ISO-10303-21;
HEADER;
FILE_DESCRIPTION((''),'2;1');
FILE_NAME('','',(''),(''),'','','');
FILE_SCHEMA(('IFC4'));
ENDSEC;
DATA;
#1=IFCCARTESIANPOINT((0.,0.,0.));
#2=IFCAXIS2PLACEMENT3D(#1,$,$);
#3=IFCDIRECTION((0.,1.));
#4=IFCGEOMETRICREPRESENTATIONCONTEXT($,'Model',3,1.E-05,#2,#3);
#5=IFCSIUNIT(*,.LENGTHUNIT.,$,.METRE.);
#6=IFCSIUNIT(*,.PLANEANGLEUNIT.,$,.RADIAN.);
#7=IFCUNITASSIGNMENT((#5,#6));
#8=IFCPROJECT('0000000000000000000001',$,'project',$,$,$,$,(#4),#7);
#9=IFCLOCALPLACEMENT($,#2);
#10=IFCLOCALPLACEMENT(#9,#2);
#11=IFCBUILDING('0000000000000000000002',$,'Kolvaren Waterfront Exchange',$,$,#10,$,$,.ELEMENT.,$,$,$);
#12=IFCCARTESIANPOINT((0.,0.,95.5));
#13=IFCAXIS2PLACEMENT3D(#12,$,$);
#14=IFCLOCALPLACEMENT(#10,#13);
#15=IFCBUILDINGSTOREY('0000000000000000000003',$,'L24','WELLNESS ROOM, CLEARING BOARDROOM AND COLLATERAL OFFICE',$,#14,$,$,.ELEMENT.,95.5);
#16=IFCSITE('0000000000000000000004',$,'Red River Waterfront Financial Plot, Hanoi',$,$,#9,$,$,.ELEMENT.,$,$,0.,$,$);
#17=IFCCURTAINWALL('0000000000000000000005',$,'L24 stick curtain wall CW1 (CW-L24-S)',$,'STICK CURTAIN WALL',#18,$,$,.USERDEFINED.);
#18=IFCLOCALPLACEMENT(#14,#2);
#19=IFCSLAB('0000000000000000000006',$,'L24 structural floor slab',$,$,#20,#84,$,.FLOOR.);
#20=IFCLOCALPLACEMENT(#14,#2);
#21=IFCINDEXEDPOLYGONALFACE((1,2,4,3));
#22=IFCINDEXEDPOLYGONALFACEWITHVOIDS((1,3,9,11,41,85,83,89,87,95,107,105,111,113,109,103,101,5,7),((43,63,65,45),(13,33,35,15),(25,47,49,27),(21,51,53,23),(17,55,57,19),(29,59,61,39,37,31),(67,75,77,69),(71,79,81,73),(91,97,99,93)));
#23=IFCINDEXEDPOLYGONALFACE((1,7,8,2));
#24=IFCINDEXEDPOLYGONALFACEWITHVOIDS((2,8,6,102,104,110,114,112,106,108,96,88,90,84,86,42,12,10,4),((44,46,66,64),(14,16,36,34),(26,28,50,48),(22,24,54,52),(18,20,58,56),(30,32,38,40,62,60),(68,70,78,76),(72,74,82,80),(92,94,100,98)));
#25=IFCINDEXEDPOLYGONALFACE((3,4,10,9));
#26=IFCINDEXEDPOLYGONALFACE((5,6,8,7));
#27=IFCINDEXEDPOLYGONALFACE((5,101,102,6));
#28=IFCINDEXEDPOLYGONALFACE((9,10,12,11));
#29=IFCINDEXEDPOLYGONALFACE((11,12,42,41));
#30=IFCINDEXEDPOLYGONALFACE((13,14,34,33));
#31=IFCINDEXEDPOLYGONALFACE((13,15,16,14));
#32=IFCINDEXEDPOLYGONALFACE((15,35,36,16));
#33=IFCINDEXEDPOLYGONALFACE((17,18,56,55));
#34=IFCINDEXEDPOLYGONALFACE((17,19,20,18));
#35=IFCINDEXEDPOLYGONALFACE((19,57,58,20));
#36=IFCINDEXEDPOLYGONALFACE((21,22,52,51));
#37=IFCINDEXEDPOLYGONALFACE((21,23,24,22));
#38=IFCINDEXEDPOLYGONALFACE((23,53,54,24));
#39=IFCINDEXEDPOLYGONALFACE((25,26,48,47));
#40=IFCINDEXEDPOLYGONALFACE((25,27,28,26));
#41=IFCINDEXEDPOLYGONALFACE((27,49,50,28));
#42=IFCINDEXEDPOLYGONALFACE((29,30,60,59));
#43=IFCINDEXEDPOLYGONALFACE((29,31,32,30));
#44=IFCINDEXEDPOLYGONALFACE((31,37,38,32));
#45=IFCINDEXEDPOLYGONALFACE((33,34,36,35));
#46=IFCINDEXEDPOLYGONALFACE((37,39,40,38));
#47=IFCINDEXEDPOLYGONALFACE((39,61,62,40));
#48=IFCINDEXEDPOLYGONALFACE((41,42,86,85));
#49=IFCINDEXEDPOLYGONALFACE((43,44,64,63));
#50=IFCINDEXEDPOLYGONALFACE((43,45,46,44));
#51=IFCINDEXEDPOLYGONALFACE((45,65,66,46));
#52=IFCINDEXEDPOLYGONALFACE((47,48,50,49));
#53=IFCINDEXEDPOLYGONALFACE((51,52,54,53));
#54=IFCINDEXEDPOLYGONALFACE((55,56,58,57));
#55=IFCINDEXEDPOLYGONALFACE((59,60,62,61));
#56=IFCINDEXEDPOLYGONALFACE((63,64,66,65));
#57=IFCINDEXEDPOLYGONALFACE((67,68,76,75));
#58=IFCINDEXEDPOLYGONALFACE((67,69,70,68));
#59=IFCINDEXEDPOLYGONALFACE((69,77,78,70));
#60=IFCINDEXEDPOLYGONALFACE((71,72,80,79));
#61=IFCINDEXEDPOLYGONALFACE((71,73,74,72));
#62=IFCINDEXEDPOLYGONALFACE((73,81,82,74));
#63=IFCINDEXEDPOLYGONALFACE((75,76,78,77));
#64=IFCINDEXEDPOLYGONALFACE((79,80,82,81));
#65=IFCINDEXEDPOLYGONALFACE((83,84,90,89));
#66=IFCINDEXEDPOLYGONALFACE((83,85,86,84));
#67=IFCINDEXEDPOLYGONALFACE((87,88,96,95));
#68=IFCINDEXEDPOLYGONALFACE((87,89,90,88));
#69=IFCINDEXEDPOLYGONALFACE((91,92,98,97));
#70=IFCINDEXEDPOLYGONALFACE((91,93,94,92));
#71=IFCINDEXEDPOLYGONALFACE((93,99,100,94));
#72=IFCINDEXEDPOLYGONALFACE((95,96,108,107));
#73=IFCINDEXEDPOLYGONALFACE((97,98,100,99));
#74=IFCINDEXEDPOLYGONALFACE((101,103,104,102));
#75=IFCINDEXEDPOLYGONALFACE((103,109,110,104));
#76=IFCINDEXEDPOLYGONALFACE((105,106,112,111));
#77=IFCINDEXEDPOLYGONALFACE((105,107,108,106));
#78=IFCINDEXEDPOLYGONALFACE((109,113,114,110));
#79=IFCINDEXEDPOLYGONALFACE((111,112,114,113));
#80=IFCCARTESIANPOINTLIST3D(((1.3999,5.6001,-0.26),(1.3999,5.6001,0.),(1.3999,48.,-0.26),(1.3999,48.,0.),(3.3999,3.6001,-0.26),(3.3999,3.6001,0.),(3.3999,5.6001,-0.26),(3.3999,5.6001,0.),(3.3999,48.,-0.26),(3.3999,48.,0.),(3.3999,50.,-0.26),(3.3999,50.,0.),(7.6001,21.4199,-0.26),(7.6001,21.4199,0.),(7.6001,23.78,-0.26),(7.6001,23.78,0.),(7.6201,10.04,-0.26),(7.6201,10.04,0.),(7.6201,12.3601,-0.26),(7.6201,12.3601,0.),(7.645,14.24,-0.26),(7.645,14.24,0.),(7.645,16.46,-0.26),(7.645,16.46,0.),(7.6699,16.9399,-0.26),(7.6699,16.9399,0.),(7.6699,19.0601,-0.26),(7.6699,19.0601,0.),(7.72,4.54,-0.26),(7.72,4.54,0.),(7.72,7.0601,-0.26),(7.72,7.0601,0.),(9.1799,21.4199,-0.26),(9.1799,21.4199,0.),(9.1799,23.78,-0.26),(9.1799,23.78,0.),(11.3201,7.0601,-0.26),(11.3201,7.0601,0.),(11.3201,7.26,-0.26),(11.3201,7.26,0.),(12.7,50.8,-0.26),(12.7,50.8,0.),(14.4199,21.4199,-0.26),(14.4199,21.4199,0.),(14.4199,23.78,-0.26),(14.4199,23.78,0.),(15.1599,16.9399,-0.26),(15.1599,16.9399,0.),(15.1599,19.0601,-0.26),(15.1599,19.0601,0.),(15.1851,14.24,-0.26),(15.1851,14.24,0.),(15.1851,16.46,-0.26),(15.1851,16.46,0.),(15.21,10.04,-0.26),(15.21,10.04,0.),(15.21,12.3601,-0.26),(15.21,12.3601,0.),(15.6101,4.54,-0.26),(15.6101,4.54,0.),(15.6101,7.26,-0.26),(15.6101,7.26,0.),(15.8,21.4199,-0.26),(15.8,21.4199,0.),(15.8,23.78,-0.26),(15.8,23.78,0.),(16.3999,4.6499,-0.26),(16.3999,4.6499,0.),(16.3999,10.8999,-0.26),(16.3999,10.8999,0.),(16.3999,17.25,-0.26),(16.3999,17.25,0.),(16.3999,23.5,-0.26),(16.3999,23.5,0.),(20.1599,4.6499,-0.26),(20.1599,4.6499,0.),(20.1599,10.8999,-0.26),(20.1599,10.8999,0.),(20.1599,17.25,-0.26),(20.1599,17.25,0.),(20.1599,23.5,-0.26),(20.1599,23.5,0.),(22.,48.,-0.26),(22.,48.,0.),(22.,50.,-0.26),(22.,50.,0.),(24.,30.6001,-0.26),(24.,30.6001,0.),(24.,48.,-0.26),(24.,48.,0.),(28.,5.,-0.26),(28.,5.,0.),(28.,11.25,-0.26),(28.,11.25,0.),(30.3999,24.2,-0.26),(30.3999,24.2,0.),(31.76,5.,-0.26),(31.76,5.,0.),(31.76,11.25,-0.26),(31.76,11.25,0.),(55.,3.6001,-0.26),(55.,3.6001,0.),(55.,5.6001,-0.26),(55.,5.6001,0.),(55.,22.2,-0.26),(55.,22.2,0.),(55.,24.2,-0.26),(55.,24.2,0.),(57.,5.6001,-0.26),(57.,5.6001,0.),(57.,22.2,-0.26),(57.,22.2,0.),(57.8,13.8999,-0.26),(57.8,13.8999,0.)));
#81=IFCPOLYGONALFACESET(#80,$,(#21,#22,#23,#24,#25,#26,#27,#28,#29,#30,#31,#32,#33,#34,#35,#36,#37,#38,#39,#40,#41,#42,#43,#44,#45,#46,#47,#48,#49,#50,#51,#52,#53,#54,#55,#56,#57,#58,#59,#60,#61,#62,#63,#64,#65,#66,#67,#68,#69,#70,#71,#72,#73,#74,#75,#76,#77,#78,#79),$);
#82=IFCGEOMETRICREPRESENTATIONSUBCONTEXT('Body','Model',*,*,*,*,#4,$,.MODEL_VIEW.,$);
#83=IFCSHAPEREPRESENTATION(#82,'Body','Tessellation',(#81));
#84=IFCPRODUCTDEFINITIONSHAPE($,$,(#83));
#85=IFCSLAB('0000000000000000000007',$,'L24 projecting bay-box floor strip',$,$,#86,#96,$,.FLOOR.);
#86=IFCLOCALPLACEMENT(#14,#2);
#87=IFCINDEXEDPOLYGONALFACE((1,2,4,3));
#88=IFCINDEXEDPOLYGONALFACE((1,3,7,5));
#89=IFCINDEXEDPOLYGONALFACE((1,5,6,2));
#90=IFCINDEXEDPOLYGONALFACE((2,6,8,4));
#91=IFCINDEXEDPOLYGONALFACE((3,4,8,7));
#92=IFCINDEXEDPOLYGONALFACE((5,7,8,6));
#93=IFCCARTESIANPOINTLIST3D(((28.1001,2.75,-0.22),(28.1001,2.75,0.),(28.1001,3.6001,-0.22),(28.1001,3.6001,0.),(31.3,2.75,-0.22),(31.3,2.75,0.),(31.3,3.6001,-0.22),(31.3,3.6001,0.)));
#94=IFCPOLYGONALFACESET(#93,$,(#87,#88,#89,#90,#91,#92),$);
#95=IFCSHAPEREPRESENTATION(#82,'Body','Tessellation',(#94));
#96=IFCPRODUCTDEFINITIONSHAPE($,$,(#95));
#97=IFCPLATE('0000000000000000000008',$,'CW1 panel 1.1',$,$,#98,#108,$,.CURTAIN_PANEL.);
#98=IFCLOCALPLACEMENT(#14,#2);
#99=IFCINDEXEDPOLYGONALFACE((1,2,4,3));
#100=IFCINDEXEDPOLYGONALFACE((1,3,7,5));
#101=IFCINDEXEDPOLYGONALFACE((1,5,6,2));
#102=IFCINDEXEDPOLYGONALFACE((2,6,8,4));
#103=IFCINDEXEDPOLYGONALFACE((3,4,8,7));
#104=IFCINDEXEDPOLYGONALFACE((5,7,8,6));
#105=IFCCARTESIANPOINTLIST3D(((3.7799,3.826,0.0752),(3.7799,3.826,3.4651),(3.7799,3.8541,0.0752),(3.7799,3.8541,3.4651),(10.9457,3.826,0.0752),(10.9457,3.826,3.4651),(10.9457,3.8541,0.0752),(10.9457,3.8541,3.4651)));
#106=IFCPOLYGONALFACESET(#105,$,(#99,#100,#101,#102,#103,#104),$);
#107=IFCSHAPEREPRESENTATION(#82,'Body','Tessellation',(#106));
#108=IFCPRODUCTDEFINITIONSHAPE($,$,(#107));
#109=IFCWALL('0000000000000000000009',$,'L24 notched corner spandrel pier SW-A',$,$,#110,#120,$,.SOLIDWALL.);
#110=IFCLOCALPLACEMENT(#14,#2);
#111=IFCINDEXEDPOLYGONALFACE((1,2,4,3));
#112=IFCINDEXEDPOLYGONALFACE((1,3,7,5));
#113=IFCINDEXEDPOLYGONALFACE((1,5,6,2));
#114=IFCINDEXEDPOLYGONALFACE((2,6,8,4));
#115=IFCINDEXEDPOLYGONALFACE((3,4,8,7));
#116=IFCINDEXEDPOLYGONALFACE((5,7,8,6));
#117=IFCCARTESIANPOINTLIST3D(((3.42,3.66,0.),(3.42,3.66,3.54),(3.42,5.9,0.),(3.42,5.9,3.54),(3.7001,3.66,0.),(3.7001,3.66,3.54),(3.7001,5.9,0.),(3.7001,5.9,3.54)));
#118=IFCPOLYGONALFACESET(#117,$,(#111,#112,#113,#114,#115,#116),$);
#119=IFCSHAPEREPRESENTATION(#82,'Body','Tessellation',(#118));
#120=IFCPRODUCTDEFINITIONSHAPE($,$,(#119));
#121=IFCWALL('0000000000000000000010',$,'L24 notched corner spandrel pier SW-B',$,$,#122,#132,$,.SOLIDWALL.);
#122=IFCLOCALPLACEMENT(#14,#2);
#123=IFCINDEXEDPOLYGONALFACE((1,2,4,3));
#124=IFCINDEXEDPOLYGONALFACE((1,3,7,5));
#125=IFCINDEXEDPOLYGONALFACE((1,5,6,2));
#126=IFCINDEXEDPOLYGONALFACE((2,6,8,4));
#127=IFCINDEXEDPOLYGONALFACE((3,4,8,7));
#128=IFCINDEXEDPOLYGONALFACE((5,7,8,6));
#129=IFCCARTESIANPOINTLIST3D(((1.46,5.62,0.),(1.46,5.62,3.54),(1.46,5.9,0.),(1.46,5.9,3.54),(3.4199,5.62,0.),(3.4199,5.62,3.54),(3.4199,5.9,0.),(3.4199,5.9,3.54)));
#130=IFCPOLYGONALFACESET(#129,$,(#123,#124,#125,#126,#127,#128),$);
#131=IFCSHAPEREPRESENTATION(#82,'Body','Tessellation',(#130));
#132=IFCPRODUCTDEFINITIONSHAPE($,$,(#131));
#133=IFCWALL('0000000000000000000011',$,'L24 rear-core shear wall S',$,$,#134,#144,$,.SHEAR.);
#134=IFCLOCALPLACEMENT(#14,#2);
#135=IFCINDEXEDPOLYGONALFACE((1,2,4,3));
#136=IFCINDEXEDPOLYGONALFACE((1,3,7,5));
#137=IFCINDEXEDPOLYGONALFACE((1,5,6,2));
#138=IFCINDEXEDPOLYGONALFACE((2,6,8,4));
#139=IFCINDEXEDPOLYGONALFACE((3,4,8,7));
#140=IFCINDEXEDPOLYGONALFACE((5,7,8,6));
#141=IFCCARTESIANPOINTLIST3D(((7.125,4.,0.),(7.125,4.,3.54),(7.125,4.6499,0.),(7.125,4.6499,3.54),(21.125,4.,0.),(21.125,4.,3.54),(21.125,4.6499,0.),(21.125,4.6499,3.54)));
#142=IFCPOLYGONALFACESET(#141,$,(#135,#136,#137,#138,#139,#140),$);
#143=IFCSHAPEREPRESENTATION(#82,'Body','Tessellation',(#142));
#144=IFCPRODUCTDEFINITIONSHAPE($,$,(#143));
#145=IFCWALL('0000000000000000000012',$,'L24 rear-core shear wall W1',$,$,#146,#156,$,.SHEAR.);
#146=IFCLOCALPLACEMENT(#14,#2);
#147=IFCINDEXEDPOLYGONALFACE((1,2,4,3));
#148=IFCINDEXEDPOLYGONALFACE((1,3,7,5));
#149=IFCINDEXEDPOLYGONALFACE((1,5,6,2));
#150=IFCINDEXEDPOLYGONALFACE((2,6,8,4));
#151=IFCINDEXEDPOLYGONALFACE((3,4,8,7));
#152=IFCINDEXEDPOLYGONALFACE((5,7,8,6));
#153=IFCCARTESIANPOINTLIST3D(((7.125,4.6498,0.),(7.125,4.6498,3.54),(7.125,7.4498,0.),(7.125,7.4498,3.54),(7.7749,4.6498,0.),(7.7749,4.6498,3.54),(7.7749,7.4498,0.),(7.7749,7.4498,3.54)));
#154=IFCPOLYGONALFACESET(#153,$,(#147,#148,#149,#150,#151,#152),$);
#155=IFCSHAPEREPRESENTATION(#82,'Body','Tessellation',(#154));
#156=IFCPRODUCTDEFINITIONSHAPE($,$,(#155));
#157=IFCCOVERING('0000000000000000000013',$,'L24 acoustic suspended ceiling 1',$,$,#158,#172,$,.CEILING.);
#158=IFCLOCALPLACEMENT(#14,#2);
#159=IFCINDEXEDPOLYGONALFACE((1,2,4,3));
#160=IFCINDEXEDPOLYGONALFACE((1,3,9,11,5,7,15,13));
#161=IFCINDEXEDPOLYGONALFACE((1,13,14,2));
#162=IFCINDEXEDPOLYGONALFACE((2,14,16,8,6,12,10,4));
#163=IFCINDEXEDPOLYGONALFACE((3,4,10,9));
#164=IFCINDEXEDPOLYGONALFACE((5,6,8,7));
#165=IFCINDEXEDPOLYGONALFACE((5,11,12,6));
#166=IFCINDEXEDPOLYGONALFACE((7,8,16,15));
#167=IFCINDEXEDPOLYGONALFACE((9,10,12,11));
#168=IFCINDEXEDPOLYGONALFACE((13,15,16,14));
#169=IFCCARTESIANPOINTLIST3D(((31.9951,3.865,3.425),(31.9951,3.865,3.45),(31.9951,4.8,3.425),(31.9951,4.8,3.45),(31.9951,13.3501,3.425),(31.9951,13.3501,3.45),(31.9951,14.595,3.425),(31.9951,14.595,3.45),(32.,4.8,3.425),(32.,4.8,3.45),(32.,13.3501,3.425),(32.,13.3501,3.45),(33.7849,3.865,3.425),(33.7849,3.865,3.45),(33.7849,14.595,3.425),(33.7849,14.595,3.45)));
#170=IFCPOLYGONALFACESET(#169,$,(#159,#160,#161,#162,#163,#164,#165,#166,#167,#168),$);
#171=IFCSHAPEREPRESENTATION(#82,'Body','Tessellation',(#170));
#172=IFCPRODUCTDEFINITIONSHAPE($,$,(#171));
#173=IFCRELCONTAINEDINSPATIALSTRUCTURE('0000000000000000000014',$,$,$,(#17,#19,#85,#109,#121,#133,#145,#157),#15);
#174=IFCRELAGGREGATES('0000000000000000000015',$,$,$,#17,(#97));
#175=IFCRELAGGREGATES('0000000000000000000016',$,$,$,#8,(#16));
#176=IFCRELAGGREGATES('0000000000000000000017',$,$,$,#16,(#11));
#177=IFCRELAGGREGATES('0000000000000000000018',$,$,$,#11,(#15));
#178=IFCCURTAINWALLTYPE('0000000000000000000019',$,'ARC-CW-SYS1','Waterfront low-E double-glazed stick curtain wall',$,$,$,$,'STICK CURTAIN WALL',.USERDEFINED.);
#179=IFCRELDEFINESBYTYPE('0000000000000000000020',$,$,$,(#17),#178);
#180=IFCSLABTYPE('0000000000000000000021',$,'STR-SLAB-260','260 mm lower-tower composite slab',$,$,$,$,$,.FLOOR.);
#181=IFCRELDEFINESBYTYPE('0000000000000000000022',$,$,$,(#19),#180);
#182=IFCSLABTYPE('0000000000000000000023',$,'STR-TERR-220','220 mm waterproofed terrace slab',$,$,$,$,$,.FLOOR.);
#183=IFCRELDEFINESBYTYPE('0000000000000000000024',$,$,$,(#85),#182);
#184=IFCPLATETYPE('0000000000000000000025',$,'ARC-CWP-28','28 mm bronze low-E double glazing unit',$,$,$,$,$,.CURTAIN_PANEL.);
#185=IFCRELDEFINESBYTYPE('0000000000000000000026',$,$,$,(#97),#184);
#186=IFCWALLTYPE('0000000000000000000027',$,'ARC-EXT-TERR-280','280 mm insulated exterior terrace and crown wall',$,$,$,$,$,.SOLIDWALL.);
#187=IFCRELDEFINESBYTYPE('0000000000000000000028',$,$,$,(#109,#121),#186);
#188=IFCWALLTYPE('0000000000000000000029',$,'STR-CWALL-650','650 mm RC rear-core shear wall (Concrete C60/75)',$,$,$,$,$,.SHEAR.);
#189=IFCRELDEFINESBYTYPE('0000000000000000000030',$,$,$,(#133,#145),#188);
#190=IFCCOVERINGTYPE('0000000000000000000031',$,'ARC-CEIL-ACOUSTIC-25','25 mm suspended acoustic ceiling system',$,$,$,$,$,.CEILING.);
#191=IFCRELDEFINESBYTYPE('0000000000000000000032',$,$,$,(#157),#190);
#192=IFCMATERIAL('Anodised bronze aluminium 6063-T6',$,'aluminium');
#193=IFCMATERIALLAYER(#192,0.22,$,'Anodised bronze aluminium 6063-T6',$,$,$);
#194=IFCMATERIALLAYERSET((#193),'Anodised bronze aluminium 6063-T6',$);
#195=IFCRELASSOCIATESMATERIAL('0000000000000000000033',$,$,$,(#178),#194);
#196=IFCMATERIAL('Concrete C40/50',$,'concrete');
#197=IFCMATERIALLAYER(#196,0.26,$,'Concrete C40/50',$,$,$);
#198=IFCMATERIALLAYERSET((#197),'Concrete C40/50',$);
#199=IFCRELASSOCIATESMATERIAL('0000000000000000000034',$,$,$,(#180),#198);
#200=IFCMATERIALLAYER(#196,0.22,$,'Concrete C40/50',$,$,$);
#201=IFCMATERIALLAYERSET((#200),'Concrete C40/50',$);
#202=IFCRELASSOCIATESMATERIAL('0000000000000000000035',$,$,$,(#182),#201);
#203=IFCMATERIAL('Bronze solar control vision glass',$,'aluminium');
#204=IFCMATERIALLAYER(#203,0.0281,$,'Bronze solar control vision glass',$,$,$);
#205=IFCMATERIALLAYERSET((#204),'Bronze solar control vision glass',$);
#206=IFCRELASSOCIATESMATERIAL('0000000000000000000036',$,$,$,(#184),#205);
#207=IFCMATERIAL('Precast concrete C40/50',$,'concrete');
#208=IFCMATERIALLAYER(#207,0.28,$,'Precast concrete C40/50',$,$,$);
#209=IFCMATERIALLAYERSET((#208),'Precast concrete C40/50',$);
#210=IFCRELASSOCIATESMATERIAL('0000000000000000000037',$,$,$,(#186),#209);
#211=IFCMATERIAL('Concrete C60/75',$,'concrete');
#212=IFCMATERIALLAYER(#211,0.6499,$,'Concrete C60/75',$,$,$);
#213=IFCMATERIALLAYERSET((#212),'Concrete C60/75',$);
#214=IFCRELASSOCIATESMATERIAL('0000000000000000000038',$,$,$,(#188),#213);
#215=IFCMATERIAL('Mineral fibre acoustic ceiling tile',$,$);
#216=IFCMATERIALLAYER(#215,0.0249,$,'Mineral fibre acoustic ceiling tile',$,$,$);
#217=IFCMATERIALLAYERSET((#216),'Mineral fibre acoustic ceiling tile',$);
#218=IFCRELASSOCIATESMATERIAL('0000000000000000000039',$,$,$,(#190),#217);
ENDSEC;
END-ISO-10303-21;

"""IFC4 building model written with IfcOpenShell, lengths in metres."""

from ifc_helpers import new_model, si_unit, direction, frame, frame_2d, origin, origin_with_axes, origin_2d, place, context, subcontext, project, spatial, polyline, rectangle, outline, extrude, source, transform, mapped, material, layer, layer_set, type_object, element, aggregate, save


model = new_model("IFC4")

# Units and contexts
model_context = context("Model", 3, precision=1e-05, world=origin(), true_north=direction((0.0, 1.0)))
body_context = subcontext(model_context, "Body", "Model", "MODEL_VIEW")
ifc_project = project(units=[si_unit("LENGTHUNIT", "METRE"), si_unit("PLANEANGLEUNIT", "RADIAN")], contexts=[model_context])

# Site, building, storey
site_placement = place(None, origin())
site = spatial("IfcSite", under=ifc_project, at=site_placement, Name="Red River Waterfront Financial Plot, Hanoi", CompositionType="ELEMENT", RefElevation=0.0)
building_placement = place(site_placement, origin())
building = spatial("IfcBuilding", under=site, at=building_placement, Name="Kolvaren Waterfront Exchange", CompositionType="ELEMENT")
storey_placement = place(building_placement, frame((0.0, 0.0, 95.5)))
storey = spatial("IfcBuildingStorey", under=building, at=storey_placement, Name="L24", Description="WELLNESS ROOM, CLEARING BOARDROOM AND COLLATERAL OFFICE", CompositionType="ELEMENT", Elevation=95.5)

# Shared definitions
ifc_material_1 = material(Name="Concrete C60/75", Category="concrete")

# Curtain wall
ifc_material_2 = material(Name="Anodised bronze aluminium 6063-T6", Category="aluminium")
ifc_layer_1 = layer(ifc_material_2, 0.22, Name="Anodised bronze aluminium 6063-T6")
ifc_layer_set_1 = layer_set([ifc_layer_1], Name="Anodised bronze aluminium 6063-T6")
curtain_wall_type = type_object("IfcCurtainWallType", Name="ARC-CW-SYS1", Description="Waterfront low-E double-glazed stick curtain wall", ElementType="STICK CURTAIN WALL", PredefinedType="USERDEFINED", material=ifc_layer_set_1)
curtain_wall_placement = place(storey_placement, origin())
curtain_wall = element("IfcCurtainWall", 1, at=curtain_wall_placement, inside=storey, type_object=curtain_wall_type, Name="L24 stick curtain wall CW1 (CW-L24-S)", ObjectType="STICK CURTAIN WALL", PredefinedType="USERDEFINED")

# Shared definitions
ifc_material_3 = material(Name="Concrete C40/50", Category="concrete")

# Slabs
ifc_layer_2 = layer(ifc_material_3, 0.26, Name="Concrete C40/50")
ifc_layer_set_2 = layer_set([ifc_layer_2], Name="Concrete C40/50")
slab_type_1 = type_object("IfcSlabType", Name="STR-SLAB-260", Description="260 mm lower-tower composite slab", PredefinedType="FLOOR", material=ifc_layer_set_2)
slab_1_placement = place(storey_placement, frame((0.0, 0.0, -0.26)))
element("IfcSlab", 2, at=slab_1_placement, inside=storey, type_object=slab_type_1, Name="L24 structural floor slab", PredefinedType="FLOOR", context=body_context, shape_type="SweptSolid", body=[
    extrude(outline(polyline([(3.3999, 3.6001), (55.0, 3.6001), (55.0, 5.6001), (57.0, 5.6001), (57.8, 13.8999), (57.0, 22.2), (55.0, 22.2), (55.0, 24.2), (30.3999, 24.2), (24.0, 30.6001), (24.0, 48.0), (22.0, 48.0), (22.0, 50.0), (12.7, 50.8), (3.3999, 50.0), (3.3999, 48.0), (1.3999, 48.0), (1.3999, 5.6001), (3.3999, 5.6001), (3.3999, 3.6001)]), holes=[polyline([(11.3201, 7.26), (15.6101, 7.26), (15.6101, 4.54), (7.72, 4.54), (7.72, 7.0601), (11.3201, 7.0601), (11.3201, 7.26)]), polyline([(20.1599, 4.6499), (16.3999, 4.6499), (16.3999, 10.8999), (20.1599, 10.8999), (20.1599, 4.6499)]), polyline([(31.76, 5.0), (28.0, 5.0), (28.0, 11.25), (31.76, 11.25), (31.76, 5.0)]), polyline([(15.21, 10.04), (7.6201, 10.04), (7.6201, 12.3601), (15.21, 12.3601), (15.21, 10.04)]), polyline([(7.645, 16.46), (15.1851, 16.46), (15.1851, 14.24), (7.645, 14.24), (7.645, 16.46)]), polyline([(15.1599, 16.9399), (7.6699, 16.9399), (7.6699, 19.0601), (15.1599, 19.0601), (15.1599, 16.9399)]), polyline([(16.3999, 23.5), (20.1599, 23.5), (20.1599, 17.25), (16.3999, 17.25), (16.3999, 23.5)]), polyline([(7.6001, 23.78), (9.1799, 23.78), (9.1799, 21.4199), (7.6001, 21.4199), (7.6001, 23.78)]), polyline([(15.8, 23.78), (15.8, 21.4199), (14.4199, 21.4199), (14.4199, 23.78), (15.8, 23.78)])]), origin(), (0.0, 0.0, 1.0), 0.26),
])
ifc_layer_3 = layer(ifc_material_3, 0.22, Name="Concrete C40/50")
ifc_layer_set_3 = layer_set([ifc_layer_3], Name="Concrete C40/50")
slab_type_2 = type_object("IfcSlabType", Name="STR-TERR-220", Description="220 mm waterproofed terrace slab", PredefinedType="FLOOR", material=ifc_layer_set_3)
slab_2_placement = place(storey_placement, frame((0.0, 0.0, -0.22)))
element("IfcSlab", 3, at=slab_2_placement, inside=storey, type_object=slab_type_2, Name="L24 projecting bay-box floor strip", PredefinedType="FLOOR", context=body_context, shape_type="SweptSolid", body=[
    extrude(outline(polyline([(28.1001, 2.75), (31.3, 2.75), (31.3, 3.6001), (28.1001, 3.6001), (28.1001, 2.75)])), origin(), (0.0, 0.0, 1.0), 0.22),
])

# Plate
ifc_material_4 = material(Name="Bronze solar control vision glass", Category="aluminium")
ifc_layer_4 = layer(ifc_material_4, 0.0281, Name="Bronze solar control vision glass")
ifc_layer_set_4 = layer_set([ifc_layer_4], Name="Bronze solar control vision glass")
plate_type = type_object("IfcPlateType", Name="ARC-CWP-28", Description="28 mm bronze low-E double glazing unit", PredefinedType="CURTAIN_PANEL", material=ifc_layer_set_4)
shared_shape_1 = source(origin_with_axes(), body_context, "Body", "SweptSolid", [
    extrude(rectangle(XDim=7.1658, YDim=0.0281, at=origin_2d()), origin(), (0.0, 0.0, 1.0), 3.3899),
])
plate_placement = place(storey_placement, frame((7.3628, 3.8401, 0.0752), z_axis=(0.0, 0.0, 1.0), x_axis=(1.0, 0.0, 0.0)))
plate = element("IfcPlate", 4, at=plate_placement, type_object=plate_type, Name="CW1 panel 1.1", PredefinedType="CURTAIN_PANEL", context=body_context, shape_type="MappedRepresentation", body=[
    mapped(shared_shape_1, transform((0.0, 0.0, 0.0), x_axis=(1.0, 0.0, 0.0), y_axis=(0.0, 1.0, 0.0), z_axis=(0.0, 0.0, 1.0), scale=1.0)),
])
aggregate(curtain_wall, [plate])

# Walls
ifc_material_5 = material(Name="Precast concrete C40/50", Category="concrete")
ifc_layer_5 = layer(ifc_material_5, 0.28, Name="Precast concrete C40/50")
ifc_layer_set_5 = layer_set([ifc_layer_5], Name="Precast concrete C40/50")
wall_type_1 = type_object("IfcWallType", Name="ARC-EXT-TERR-280", Description="280 mm insulated exterior terrace and crown wall", PredefinedType="SOLIDWALL", material=ifc_layer_set_5)
wall_1_placement = place(storey_placement, frame((3.5601, 3.6599, 0.0), z_axis=(0.0, 0.0, 1.0), x_axis=(0.0, 1.0, 0.0)))
element("IfcWall", 5, at=wall_1_placement, inside=storey, type_object=wall_type_1, Name="L24 notched corner spandrel pier SW-A", PredefinedType="SOLIDWALL", context=body_context, shape_type="SweptSolid", body=[
    extrude(rectangle(XDim=2.24, YDim=0.28, at=frame_2d((1.1201, 0.0))), origin(), (0.0, 0.0, 1.0), 3.54),
])
wall_2_placement = place(storey_placement, frame((1.46, 5.76, 0.0), z_axis=(0.0, 0.0, 1.0), x_axis=(1.0, 0.0, 0.0)))
element("IfcWall", 6, at=wall_2_placement, inside=storey, type_object=wall_type_1, Name="L24 notched corner spandrel pier SW-B", PredefinedType="SOLIDWALL", context=body_context, shape_type="SweptSolid", body=[
    extrude(rectangle(XDim=1.96, YDim=0.28, at=frame_2d((0.98, 0.0))), origin(), (0.0, 0.0, 1.0), 3.54),
])
ifc_layer_6 = layer(ifc_material_1, 0.6499, Name="Concrete C60/75")
ifc_layer_set_6 = layer_set([ifc_layer_6], Name="Concrete C60/75")
wall_type_2 = type_object("IfcWallType", Name="STR-CWALL-650", Description="650 mm RC rear-core shear wall (Concrete C60/75)", PredefinedType="SHEAR", material=ifc_layer_set_6)
wall_3_placement = place(storey_placement, frame((7.125, 4.325, 0.0), z_axis=(0.0, 0.0, 1.0), x_axis=(1.0, 0.0, 0.0)))
element("IfcWall", 7, at=wall_3_placement, inside=storey, type_object=wall_type_2, Name="L24 rear-core shear wall S", PredefinedType="SHEAR", context=body_context, shape_type="SweptSolid", body=[
    extrude(rectangle(XDim=14.0, YDim=0.6499, at=frame_2d((7.0, 0.0))), origin(), (0.0, 0.0, 1.0), 3.54),
])
wall_4_placement = place(storey_placement, frame((7.45, 4.6499, 0.0), z_axis=(0.0, 0.0, 1.0), x_axis=(0.0, 1.0, 0.0)))
element("IfcWall", 8, at=wall_4_placement, inside=storey, type_object=wall_type_2, Name="L24 rear-core shear wall W1", PredefinedType="SHEAR", context=body_context, shape_type="SweptSolid", body=[
    extrude(rectangle(XDim=2.8, YDim=0.6499, at=frame_2d((1.3999, 0.0))), origin(), (0.0, 0.0, 1.0), 3.54),
])

# Covering
ifc_material_6 = material(Name="Mineral fibre acoustic ceiling tile")
ifc_layer_7 = layer(ifc_material_6, 0.0249, Name="Mineral fibre acoustic ceiling tile")
ifc_layer_set_7 = layer_set([ifc_layer_7], Name="Mineral fibre acoustic ceiling tile")
covering_type_1 = type_object("IfcCoveringType", Name="ARC-CEIL-ACOUSTIC-25", Description="25 mm suspended acoustic ceiling system", PredefinedType="CEILING", material=ifc_layer_set_7)
covering_1_placement = place(storey_placement, frame((0.0, 0.0, 3.425)))
element("IfcCovering", 9, at=covering_1_placement, inside=storey, type_object=covering_type_1, Name="L24 acoustic suspended ceiling 1", PredefinedType="CEILING", context=body_context, shape_type="SweptSolid", body=[
    extrude(outline(polyline([(33.7849, 3.865), (33.7849, 14.595), (31.9951, 14.595), (31.9951, 13.3501), (32.0, 13.3501), (32.0, 4.8), (31.9951, 4.8), (31.9951, 3.865), (33.7849, 3.865)])), origin(), (0.0, 0.0, 1.0), 0.0249),
])

save(model, "model.ifc")
